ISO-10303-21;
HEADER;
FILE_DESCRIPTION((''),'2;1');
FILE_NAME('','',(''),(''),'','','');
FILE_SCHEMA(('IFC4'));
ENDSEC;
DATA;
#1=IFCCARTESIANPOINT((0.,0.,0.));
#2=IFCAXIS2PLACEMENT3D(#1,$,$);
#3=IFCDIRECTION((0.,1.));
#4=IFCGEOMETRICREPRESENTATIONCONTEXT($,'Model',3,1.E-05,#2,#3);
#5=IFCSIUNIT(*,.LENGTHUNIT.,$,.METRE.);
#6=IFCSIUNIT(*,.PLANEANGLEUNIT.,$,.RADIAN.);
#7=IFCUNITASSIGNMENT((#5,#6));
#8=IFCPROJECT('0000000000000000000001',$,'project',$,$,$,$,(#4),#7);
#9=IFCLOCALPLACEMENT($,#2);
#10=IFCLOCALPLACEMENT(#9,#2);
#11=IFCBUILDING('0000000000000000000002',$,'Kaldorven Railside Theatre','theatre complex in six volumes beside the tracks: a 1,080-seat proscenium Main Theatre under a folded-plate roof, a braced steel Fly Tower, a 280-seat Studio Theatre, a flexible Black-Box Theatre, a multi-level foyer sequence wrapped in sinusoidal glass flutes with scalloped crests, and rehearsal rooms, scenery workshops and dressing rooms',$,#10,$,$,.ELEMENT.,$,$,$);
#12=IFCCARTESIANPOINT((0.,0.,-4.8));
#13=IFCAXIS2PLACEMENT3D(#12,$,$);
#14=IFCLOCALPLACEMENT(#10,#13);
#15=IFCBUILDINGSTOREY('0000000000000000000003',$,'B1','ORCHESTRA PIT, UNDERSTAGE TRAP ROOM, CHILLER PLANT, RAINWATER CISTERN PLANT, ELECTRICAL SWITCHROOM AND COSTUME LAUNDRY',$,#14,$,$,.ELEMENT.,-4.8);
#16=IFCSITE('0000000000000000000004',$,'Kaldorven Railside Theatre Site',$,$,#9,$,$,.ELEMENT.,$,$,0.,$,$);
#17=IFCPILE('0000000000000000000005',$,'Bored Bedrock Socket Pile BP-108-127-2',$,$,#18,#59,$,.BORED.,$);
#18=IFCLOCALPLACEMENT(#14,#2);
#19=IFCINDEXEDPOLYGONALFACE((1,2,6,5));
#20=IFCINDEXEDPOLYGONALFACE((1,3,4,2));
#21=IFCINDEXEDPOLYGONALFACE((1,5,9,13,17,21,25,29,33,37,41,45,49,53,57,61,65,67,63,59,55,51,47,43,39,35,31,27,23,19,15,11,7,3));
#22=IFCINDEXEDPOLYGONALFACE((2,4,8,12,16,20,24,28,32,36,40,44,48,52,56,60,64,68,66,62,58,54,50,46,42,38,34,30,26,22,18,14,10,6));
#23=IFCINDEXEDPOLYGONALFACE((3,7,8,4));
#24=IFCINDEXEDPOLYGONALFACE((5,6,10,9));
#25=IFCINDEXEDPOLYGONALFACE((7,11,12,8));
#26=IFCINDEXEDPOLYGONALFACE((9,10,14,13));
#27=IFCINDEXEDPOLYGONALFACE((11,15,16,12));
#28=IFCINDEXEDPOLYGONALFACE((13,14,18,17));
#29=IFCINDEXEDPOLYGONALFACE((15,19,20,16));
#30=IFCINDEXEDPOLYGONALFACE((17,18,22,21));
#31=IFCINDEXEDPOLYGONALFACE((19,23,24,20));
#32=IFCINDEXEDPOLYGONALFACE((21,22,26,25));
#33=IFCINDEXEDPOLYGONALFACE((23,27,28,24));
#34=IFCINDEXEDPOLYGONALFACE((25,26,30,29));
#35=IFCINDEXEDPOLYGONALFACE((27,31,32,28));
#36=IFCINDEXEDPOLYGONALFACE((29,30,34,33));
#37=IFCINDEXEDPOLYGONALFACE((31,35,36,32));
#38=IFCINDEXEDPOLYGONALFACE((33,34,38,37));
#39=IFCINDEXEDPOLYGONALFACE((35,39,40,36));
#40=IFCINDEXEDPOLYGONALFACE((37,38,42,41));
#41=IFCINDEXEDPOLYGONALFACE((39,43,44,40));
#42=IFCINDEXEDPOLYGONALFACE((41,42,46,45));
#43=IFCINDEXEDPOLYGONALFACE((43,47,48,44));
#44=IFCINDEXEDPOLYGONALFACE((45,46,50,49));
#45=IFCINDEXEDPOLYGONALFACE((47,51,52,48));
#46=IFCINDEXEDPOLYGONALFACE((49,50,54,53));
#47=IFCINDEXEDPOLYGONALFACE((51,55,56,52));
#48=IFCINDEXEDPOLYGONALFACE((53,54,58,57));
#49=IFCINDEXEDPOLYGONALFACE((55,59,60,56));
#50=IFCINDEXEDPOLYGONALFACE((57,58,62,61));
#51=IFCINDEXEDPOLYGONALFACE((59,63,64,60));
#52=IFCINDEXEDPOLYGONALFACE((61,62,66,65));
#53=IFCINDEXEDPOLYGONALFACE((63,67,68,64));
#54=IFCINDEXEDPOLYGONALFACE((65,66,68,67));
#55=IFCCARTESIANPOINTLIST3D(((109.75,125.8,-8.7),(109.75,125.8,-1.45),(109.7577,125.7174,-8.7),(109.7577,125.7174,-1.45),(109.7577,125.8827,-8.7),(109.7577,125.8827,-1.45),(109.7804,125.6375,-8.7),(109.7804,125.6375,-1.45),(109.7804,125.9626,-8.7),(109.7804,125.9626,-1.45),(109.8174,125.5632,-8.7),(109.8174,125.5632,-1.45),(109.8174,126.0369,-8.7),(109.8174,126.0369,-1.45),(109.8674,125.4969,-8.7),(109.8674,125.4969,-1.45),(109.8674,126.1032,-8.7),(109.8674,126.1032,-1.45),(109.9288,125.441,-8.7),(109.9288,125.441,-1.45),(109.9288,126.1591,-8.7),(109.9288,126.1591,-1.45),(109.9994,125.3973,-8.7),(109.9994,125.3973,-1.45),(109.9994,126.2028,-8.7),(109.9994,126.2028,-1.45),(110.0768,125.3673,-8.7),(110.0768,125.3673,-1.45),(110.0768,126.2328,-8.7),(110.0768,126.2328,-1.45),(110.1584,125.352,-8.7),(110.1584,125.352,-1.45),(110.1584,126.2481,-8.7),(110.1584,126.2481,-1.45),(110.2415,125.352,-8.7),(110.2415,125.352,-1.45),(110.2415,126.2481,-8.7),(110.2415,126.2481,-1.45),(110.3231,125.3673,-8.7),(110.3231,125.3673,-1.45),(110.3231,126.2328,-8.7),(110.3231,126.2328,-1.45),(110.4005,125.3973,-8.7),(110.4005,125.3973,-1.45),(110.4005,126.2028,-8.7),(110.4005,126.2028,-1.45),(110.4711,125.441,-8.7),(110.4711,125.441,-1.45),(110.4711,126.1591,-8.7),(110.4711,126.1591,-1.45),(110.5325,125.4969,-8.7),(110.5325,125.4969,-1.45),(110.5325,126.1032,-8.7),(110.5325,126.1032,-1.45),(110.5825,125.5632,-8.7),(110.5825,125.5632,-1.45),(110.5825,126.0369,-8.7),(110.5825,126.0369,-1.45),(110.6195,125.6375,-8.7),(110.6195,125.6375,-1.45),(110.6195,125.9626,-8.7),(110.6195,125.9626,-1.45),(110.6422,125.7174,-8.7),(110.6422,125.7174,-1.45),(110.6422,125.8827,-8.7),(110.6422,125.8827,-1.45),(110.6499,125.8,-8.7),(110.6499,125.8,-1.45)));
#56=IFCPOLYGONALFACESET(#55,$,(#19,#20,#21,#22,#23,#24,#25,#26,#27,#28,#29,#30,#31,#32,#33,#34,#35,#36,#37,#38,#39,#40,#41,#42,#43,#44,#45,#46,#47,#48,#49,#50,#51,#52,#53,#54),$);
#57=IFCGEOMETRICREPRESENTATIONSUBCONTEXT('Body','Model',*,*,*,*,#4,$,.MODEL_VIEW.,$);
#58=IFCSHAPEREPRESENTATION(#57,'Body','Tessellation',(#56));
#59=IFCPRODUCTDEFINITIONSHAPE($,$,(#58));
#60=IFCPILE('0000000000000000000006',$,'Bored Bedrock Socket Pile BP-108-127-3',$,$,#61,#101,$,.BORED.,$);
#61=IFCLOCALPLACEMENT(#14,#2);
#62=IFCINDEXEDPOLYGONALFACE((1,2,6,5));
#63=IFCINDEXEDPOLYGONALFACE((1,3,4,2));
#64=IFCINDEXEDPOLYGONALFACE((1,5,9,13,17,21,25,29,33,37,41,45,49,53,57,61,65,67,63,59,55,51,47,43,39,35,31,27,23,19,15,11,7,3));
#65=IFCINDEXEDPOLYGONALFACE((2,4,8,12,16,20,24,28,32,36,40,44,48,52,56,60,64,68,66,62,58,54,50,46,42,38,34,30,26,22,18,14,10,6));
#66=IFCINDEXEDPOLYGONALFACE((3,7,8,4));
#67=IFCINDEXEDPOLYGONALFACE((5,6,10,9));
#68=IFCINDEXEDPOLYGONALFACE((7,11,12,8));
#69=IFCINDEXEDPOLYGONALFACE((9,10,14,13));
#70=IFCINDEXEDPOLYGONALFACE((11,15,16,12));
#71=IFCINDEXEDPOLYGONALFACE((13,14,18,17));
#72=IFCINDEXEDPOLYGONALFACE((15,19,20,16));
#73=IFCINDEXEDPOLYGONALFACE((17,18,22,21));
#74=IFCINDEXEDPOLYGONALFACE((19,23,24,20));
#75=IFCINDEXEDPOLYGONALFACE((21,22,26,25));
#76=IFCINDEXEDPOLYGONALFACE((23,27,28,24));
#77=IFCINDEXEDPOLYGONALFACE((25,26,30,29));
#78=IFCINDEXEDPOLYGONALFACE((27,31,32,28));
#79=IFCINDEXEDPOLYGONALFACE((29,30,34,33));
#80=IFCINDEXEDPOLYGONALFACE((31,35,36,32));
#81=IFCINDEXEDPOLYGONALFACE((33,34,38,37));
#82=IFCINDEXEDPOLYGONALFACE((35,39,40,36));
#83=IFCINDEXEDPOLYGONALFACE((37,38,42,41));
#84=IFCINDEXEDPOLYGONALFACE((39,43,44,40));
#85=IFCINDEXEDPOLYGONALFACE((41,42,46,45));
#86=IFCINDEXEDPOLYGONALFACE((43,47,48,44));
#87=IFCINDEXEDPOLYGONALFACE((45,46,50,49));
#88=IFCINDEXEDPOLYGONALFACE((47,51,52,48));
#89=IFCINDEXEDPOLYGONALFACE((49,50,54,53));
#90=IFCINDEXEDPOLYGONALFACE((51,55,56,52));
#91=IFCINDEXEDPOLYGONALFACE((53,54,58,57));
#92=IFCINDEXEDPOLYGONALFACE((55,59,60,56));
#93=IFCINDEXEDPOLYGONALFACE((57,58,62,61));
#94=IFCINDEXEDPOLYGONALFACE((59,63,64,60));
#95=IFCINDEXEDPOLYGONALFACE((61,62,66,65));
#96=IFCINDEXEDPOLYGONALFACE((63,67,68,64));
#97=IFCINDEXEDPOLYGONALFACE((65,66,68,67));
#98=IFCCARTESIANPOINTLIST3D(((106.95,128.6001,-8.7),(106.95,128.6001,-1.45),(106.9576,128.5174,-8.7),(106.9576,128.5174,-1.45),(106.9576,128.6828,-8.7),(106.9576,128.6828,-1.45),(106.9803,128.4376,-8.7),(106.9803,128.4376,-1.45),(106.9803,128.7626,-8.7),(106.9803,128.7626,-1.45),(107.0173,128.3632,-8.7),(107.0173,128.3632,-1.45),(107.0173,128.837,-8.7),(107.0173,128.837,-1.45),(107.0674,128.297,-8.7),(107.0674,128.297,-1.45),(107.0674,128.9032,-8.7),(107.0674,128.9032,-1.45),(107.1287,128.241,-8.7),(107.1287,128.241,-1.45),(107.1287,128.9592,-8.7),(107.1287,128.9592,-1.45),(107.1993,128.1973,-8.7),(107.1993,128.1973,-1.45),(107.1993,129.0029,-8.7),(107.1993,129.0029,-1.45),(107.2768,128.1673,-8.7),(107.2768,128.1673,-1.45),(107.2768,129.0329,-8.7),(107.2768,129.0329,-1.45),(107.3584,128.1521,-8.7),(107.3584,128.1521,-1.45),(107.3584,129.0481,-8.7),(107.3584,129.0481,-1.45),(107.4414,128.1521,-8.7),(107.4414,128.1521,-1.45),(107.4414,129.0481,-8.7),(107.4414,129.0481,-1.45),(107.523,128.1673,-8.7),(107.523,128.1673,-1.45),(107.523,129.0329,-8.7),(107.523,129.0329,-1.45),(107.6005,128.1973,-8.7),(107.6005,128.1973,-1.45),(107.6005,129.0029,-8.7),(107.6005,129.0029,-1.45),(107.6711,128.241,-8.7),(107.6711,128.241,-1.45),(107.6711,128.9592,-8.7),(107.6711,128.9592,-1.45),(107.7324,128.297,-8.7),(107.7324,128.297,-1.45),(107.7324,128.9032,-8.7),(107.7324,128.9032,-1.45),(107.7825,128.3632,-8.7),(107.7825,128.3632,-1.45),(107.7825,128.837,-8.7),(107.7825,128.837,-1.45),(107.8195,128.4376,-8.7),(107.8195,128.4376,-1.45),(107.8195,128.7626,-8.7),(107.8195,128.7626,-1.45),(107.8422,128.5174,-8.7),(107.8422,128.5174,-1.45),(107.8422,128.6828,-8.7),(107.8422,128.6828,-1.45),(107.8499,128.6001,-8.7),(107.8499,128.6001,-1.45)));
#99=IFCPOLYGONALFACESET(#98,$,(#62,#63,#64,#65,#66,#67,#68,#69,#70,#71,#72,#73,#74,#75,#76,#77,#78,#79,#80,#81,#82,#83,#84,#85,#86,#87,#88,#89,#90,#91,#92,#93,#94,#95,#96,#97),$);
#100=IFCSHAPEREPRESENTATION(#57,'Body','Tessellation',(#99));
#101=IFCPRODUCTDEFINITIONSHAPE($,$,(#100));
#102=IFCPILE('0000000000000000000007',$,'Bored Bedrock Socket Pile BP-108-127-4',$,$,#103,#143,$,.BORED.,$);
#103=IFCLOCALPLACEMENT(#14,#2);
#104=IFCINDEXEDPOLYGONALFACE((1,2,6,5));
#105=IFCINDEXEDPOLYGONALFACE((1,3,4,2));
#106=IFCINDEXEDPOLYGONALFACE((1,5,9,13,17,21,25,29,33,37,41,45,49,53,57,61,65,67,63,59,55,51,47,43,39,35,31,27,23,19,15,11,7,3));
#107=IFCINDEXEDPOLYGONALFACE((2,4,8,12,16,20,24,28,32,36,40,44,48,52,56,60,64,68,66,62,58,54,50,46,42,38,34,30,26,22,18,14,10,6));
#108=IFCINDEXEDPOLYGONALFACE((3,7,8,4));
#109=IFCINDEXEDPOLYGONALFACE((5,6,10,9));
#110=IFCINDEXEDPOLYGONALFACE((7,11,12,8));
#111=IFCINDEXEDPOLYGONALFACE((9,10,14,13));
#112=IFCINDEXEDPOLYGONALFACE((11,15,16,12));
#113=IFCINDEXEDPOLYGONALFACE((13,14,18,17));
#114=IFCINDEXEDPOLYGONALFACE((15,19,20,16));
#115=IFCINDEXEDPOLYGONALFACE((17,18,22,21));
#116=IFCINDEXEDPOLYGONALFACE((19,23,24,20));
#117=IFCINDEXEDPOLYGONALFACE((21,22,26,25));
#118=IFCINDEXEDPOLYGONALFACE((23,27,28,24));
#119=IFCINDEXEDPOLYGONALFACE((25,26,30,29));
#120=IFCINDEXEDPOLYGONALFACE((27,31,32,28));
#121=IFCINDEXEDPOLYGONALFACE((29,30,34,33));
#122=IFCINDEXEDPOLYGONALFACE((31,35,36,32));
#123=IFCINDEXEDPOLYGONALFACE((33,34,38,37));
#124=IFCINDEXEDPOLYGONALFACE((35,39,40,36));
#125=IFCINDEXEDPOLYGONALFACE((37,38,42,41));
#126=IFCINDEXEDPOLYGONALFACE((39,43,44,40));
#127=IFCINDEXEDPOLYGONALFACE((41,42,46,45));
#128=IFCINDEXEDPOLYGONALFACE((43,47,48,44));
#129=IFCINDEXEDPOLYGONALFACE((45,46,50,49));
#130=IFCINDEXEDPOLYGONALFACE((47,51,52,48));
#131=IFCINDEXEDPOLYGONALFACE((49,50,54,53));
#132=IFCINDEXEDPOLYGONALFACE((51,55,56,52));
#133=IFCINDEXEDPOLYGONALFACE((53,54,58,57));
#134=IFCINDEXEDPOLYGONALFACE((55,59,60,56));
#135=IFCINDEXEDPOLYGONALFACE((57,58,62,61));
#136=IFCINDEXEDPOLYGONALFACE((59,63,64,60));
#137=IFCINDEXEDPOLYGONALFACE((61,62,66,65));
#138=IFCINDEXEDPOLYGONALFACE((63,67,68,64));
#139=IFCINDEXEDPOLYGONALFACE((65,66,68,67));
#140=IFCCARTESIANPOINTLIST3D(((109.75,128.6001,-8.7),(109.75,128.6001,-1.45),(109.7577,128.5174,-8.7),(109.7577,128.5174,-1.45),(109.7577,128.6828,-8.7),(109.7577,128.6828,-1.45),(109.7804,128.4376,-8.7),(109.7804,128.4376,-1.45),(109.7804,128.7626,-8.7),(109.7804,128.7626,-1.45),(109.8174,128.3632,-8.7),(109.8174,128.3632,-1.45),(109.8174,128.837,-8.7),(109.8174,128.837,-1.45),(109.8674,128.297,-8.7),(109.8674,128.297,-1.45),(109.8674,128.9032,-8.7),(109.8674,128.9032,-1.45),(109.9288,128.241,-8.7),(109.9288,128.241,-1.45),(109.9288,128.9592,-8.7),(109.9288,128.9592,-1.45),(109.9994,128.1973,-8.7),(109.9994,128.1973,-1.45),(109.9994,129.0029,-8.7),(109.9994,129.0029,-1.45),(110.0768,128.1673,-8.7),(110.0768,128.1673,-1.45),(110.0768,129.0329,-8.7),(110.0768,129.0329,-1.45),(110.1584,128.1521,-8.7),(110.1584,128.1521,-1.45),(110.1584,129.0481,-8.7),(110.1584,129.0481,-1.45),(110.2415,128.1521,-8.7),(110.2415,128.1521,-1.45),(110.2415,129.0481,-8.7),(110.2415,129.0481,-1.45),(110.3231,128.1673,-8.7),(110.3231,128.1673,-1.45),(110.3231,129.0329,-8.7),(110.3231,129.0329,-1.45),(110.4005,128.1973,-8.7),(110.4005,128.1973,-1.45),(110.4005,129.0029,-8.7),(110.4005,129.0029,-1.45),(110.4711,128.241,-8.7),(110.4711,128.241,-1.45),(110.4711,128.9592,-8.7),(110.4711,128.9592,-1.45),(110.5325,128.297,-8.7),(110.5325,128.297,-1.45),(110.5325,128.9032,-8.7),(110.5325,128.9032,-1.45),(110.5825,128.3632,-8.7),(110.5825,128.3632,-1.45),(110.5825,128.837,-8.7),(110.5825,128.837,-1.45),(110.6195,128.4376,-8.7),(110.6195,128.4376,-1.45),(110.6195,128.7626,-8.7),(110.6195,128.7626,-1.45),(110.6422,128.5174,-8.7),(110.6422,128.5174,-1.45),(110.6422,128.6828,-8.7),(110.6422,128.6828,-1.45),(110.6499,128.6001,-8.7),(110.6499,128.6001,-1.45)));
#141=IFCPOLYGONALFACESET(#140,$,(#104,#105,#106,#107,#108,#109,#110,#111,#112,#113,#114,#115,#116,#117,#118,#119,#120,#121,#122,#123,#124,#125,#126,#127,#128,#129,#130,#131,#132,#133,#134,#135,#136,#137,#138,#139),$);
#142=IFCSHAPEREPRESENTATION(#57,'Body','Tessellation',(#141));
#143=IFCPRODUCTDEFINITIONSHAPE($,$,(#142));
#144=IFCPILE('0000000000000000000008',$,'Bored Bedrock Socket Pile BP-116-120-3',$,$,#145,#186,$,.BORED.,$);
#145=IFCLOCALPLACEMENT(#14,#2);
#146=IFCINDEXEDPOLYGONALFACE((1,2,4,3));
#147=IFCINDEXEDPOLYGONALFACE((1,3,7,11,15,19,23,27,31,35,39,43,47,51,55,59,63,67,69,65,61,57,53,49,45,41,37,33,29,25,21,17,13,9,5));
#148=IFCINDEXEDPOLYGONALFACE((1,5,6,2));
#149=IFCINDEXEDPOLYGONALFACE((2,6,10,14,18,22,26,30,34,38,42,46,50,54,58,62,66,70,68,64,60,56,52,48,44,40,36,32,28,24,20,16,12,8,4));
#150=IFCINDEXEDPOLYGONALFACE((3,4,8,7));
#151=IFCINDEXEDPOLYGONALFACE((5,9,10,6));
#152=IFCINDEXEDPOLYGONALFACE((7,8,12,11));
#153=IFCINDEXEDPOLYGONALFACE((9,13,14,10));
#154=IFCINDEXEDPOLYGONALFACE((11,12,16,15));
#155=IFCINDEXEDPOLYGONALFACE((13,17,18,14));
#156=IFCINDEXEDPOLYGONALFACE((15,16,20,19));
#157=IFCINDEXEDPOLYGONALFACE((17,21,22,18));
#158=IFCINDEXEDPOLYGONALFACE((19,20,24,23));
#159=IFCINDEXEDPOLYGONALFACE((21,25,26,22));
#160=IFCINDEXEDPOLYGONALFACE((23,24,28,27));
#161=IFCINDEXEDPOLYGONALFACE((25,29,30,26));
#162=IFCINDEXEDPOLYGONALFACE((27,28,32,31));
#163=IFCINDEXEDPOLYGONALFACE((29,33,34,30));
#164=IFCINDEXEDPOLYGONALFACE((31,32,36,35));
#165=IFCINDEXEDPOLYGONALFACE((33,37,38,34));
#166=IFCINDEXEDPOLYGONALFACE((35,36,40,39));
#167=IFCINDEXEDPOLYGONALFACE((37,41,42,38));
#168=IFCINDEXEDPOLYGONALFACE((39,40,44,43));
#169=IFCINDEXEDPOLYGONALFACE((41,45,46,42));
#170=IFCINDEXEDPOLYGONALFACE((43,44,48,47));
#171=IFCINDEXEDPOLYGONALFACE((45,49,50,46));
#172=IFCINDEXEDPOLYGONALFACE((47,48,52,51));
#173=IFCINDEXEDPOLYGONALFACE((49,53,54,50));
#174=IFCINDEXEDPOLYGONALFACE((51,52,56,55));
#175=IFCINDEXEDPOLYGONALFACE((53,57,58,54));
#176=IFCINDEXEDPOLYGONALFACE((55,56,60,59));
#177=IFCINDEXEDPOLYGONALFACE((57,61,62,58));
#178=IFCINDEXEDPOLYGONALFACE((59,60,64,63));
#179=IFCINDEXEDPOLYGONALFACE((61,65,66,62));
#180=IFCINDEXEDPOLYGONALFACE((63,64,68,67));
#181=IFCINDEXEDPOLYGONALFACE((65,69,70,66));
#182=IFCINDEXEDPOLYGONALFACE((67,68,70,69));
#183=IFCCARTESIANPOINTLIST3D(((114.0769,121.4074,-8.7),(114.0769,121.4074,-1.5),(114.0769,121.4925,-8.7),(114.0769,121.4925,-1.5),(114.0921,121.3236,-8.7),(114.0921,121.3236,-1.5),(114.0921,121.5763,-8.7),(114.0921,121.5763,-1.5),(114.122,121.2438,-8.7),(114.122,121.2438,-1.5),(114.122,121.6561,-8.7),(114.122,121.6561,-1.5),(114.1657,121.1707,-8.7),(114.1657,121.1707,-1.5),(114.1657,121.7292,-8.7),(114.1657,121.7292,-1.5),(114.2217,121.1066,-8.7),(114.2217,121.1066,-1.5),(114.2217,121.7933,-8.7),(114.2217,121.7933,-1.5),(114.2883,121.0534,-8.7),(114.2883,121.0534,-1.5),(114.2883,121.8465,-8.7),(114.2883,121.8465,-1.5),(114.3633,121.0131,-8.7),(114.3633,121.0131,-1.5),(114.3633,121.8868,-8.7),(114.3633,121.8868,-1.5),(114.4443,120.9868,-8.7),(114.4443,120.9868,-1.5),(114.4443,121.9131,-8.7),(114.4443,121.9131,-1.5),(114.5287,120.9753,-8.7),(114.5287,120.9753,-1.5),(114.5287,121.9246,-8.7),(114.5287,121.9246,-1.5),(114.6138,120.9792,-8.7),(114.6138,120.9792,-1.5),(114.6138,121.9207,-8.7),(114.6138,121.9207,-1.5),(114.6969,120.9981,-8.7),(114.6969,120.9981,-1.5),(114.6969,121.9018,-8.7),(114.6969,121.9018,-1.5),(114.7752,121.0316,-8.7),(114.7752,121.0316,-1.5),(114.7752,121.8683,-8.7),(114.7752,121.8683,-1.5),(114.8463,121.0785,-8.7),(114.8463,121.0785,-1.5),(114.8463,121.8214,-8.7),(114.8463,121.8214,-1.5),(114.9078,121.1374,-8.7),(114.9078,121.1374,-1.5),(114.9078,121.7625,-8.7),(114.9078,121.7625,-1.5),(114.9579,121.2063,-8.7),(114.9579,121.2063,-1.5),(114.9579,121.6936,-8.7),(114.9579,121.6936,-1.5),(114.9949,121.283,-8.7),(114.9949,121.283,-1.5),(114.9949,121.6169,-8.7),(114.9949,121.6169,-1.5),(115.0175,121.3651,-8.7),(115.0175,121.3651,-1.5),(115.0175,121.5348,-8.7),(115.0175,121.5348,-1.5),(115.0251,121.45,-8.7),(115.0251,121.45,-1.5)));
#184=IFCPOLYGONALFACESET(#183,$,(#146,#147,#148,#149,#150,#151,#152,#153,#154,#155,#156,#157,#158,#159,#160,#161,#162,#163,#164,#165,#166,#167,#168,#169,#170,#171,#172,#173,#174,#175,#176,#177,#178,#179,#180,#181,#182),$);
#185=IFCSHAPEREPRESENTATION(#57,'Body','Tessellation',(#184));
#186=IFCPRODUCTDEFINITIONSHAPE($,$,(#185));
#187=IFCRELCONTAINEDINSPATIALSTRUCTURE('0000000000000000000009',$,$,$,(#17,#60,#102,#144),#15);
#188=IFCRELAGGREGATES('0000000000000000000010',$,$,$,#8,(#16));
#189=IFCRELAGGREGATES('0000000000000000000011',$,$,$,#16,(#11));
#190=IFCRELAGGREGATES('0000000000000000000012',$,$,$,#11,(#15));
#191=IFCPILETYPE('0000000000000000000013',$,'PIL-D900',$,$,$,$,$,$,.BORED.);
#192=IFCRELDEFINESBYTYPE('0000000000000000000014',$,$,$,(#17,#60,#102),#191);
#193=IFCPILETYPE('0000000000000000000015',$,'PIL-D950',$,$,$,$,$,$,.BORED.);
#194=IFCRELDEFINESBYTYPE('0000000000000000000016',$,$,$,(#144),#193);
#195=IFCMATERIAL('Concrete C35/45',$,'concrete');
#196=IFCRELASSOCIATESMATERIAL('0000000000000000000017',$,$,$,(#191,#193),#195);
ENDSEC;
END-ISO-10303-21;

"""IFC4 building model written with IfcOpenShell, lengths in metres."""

from ifc_helpers import new_model, si_unit, direction, frame, origin, origin_2d, place, context, subcontext, project, spatial, circle, extrude, material, material_profile, profile_set, type_object, element, save


model = new_model("IFC4")

# Units and contexts
model_context = context("Model", 3, precision=1e-05, world=origin(), true_north=direction((0.0, 1.0)))
body_context = subcontext(model_context, "Body", "Model", "MODEL_VIEW")
ifc_project = project(units=[si_unit("LENGTHUNIT", "METRE"), si_unit("PLANEANGLEUNIT", "RADIAN")], contexts=[model_context])

# Site, building, storey
site_placement = place(None, origin())
site = spatial("IfcSite", under=ifc_project, at=site_placement, Name="Kaldorven Railside Theatre Site", CompositionType="ELEMENT", RefElevation=0.0)
building_placement = place(site_placement, origin())
building = spatial("IfcBuilding", under=site, at=building_placement, Name="Kaldorven Railside Theatre", Description="theatre complex in six volumes beside the tracks: a 1,080-seat proscenium Main Theatre under a folded-plate roof, a braced steel Fly Tower, a 280-seat Studio Theatre, a flexible Black-Box Theatre, a multi-level foyer sequence wrapped in sinusoidal glass flutes with scalloped crests, and rehearsal rooms, scenery workshops and dressing rooms", CompositionType="ELEMENT")
storey_placement = place(building_placement, frame((0.0, 0.0, -4.8)))
storey = spatial("IfcBuildingStorey", under=building, at=storey_placement, Name="B1", Description="ORCHESTRA PIT, UNDERSTAGE TRAP ROOM, CHILLER PLANT, RAINWATER CISTERN PLANT, ELECTRICAL SWITCHROOM AND COSTUME LAUNDRY", CompositionType="ELEMENT", Elevation=-4.8)

# Piles
ifc_material_1 = material(Name="Concrete C35/45", Category="concrete")
ifc_material_profile_1 = material_profile(ifc_material_1, circle(Radius=0.45, at=origin_2d()), Name="BP D900")
ifc_profile_set_1 = profile_set([ifc_material_profile_1], Name="Concrete C35/45")
pile_type_1 = type_object("IfcPileType", Name="PIL-D900", PredefinedType="BORED", material=ifc_profile_set_1)
for number, where, z_axis, x_axis, name in (
    (1, (110.2, 125.8, -1.45), (0.0, 0.0, -1.0), (1.0, 0.0, 0.0), "Bored Bedrock Socket Pile BP-108-127-2"),
    (2, (107.3999, 128.6001, -1.45), (0.0, 0.0, -1.0), (1.0, 0.0, 0.0), "Bored Bedrock Socket Pile BP-108-127-3"),
    (3, (110.2, 128.6001, -1.45), (0.0, 0.0, -1.0), (1.0, 0.0, 0.0), "Bored Bedrock Socket Pile BP-108-127-4"),
):
    element("IfcPile", number, at=place(storey_placement, frame(where, z_axis=z_axis, x_axis=x_axis)), inside=storey, type_object=pile_type_1, Name=name, PredefinedType="BORED", context=body_context, shape_type="SweptSolid", body=[
        extrude(circle(Radius=0.45, at=origin_2d()), origin(), (0.0, 0.0, 1.0), 7.25),
    ])
ifc_material_profile_2 = material_profile(ifc_material_1, circle(Radius=0.4751, at=origin_2d()), Name="BP D950")
ifc_profile_set_2 = profile_set([ifc_material_profile_2], Name="Concrete C35/45")
pile_type_2 = type_object("IfcPileType", Name="PIL-D950", PredefinedType="BORED", material=ifc_profile_set_2)
for number, where, z_axis, x_axis, name in (
    (4, (114.55, 121.45, -1.5), (0.0, 0.0, -1.0), (1.0, 0.0, 0.0), "Bored Bedrock Socket Pile BP-116-120-3"),
):
    element("IfcPile", number, at=place(storey_placement, frame(where, z_axis=z_axis, x_axis=x_axis)), inside=storey, type_object=pile_type_2, Name=name, PredefinedType="BORED", context=body_context, shape_type="SweptSolid", body=[
        extrude(circle(Radius=0.4751, at=origin_2d()), origin(), (0.0, 0.0, 1.0), 7.2),
    ])

save(model, "model.ifc")
